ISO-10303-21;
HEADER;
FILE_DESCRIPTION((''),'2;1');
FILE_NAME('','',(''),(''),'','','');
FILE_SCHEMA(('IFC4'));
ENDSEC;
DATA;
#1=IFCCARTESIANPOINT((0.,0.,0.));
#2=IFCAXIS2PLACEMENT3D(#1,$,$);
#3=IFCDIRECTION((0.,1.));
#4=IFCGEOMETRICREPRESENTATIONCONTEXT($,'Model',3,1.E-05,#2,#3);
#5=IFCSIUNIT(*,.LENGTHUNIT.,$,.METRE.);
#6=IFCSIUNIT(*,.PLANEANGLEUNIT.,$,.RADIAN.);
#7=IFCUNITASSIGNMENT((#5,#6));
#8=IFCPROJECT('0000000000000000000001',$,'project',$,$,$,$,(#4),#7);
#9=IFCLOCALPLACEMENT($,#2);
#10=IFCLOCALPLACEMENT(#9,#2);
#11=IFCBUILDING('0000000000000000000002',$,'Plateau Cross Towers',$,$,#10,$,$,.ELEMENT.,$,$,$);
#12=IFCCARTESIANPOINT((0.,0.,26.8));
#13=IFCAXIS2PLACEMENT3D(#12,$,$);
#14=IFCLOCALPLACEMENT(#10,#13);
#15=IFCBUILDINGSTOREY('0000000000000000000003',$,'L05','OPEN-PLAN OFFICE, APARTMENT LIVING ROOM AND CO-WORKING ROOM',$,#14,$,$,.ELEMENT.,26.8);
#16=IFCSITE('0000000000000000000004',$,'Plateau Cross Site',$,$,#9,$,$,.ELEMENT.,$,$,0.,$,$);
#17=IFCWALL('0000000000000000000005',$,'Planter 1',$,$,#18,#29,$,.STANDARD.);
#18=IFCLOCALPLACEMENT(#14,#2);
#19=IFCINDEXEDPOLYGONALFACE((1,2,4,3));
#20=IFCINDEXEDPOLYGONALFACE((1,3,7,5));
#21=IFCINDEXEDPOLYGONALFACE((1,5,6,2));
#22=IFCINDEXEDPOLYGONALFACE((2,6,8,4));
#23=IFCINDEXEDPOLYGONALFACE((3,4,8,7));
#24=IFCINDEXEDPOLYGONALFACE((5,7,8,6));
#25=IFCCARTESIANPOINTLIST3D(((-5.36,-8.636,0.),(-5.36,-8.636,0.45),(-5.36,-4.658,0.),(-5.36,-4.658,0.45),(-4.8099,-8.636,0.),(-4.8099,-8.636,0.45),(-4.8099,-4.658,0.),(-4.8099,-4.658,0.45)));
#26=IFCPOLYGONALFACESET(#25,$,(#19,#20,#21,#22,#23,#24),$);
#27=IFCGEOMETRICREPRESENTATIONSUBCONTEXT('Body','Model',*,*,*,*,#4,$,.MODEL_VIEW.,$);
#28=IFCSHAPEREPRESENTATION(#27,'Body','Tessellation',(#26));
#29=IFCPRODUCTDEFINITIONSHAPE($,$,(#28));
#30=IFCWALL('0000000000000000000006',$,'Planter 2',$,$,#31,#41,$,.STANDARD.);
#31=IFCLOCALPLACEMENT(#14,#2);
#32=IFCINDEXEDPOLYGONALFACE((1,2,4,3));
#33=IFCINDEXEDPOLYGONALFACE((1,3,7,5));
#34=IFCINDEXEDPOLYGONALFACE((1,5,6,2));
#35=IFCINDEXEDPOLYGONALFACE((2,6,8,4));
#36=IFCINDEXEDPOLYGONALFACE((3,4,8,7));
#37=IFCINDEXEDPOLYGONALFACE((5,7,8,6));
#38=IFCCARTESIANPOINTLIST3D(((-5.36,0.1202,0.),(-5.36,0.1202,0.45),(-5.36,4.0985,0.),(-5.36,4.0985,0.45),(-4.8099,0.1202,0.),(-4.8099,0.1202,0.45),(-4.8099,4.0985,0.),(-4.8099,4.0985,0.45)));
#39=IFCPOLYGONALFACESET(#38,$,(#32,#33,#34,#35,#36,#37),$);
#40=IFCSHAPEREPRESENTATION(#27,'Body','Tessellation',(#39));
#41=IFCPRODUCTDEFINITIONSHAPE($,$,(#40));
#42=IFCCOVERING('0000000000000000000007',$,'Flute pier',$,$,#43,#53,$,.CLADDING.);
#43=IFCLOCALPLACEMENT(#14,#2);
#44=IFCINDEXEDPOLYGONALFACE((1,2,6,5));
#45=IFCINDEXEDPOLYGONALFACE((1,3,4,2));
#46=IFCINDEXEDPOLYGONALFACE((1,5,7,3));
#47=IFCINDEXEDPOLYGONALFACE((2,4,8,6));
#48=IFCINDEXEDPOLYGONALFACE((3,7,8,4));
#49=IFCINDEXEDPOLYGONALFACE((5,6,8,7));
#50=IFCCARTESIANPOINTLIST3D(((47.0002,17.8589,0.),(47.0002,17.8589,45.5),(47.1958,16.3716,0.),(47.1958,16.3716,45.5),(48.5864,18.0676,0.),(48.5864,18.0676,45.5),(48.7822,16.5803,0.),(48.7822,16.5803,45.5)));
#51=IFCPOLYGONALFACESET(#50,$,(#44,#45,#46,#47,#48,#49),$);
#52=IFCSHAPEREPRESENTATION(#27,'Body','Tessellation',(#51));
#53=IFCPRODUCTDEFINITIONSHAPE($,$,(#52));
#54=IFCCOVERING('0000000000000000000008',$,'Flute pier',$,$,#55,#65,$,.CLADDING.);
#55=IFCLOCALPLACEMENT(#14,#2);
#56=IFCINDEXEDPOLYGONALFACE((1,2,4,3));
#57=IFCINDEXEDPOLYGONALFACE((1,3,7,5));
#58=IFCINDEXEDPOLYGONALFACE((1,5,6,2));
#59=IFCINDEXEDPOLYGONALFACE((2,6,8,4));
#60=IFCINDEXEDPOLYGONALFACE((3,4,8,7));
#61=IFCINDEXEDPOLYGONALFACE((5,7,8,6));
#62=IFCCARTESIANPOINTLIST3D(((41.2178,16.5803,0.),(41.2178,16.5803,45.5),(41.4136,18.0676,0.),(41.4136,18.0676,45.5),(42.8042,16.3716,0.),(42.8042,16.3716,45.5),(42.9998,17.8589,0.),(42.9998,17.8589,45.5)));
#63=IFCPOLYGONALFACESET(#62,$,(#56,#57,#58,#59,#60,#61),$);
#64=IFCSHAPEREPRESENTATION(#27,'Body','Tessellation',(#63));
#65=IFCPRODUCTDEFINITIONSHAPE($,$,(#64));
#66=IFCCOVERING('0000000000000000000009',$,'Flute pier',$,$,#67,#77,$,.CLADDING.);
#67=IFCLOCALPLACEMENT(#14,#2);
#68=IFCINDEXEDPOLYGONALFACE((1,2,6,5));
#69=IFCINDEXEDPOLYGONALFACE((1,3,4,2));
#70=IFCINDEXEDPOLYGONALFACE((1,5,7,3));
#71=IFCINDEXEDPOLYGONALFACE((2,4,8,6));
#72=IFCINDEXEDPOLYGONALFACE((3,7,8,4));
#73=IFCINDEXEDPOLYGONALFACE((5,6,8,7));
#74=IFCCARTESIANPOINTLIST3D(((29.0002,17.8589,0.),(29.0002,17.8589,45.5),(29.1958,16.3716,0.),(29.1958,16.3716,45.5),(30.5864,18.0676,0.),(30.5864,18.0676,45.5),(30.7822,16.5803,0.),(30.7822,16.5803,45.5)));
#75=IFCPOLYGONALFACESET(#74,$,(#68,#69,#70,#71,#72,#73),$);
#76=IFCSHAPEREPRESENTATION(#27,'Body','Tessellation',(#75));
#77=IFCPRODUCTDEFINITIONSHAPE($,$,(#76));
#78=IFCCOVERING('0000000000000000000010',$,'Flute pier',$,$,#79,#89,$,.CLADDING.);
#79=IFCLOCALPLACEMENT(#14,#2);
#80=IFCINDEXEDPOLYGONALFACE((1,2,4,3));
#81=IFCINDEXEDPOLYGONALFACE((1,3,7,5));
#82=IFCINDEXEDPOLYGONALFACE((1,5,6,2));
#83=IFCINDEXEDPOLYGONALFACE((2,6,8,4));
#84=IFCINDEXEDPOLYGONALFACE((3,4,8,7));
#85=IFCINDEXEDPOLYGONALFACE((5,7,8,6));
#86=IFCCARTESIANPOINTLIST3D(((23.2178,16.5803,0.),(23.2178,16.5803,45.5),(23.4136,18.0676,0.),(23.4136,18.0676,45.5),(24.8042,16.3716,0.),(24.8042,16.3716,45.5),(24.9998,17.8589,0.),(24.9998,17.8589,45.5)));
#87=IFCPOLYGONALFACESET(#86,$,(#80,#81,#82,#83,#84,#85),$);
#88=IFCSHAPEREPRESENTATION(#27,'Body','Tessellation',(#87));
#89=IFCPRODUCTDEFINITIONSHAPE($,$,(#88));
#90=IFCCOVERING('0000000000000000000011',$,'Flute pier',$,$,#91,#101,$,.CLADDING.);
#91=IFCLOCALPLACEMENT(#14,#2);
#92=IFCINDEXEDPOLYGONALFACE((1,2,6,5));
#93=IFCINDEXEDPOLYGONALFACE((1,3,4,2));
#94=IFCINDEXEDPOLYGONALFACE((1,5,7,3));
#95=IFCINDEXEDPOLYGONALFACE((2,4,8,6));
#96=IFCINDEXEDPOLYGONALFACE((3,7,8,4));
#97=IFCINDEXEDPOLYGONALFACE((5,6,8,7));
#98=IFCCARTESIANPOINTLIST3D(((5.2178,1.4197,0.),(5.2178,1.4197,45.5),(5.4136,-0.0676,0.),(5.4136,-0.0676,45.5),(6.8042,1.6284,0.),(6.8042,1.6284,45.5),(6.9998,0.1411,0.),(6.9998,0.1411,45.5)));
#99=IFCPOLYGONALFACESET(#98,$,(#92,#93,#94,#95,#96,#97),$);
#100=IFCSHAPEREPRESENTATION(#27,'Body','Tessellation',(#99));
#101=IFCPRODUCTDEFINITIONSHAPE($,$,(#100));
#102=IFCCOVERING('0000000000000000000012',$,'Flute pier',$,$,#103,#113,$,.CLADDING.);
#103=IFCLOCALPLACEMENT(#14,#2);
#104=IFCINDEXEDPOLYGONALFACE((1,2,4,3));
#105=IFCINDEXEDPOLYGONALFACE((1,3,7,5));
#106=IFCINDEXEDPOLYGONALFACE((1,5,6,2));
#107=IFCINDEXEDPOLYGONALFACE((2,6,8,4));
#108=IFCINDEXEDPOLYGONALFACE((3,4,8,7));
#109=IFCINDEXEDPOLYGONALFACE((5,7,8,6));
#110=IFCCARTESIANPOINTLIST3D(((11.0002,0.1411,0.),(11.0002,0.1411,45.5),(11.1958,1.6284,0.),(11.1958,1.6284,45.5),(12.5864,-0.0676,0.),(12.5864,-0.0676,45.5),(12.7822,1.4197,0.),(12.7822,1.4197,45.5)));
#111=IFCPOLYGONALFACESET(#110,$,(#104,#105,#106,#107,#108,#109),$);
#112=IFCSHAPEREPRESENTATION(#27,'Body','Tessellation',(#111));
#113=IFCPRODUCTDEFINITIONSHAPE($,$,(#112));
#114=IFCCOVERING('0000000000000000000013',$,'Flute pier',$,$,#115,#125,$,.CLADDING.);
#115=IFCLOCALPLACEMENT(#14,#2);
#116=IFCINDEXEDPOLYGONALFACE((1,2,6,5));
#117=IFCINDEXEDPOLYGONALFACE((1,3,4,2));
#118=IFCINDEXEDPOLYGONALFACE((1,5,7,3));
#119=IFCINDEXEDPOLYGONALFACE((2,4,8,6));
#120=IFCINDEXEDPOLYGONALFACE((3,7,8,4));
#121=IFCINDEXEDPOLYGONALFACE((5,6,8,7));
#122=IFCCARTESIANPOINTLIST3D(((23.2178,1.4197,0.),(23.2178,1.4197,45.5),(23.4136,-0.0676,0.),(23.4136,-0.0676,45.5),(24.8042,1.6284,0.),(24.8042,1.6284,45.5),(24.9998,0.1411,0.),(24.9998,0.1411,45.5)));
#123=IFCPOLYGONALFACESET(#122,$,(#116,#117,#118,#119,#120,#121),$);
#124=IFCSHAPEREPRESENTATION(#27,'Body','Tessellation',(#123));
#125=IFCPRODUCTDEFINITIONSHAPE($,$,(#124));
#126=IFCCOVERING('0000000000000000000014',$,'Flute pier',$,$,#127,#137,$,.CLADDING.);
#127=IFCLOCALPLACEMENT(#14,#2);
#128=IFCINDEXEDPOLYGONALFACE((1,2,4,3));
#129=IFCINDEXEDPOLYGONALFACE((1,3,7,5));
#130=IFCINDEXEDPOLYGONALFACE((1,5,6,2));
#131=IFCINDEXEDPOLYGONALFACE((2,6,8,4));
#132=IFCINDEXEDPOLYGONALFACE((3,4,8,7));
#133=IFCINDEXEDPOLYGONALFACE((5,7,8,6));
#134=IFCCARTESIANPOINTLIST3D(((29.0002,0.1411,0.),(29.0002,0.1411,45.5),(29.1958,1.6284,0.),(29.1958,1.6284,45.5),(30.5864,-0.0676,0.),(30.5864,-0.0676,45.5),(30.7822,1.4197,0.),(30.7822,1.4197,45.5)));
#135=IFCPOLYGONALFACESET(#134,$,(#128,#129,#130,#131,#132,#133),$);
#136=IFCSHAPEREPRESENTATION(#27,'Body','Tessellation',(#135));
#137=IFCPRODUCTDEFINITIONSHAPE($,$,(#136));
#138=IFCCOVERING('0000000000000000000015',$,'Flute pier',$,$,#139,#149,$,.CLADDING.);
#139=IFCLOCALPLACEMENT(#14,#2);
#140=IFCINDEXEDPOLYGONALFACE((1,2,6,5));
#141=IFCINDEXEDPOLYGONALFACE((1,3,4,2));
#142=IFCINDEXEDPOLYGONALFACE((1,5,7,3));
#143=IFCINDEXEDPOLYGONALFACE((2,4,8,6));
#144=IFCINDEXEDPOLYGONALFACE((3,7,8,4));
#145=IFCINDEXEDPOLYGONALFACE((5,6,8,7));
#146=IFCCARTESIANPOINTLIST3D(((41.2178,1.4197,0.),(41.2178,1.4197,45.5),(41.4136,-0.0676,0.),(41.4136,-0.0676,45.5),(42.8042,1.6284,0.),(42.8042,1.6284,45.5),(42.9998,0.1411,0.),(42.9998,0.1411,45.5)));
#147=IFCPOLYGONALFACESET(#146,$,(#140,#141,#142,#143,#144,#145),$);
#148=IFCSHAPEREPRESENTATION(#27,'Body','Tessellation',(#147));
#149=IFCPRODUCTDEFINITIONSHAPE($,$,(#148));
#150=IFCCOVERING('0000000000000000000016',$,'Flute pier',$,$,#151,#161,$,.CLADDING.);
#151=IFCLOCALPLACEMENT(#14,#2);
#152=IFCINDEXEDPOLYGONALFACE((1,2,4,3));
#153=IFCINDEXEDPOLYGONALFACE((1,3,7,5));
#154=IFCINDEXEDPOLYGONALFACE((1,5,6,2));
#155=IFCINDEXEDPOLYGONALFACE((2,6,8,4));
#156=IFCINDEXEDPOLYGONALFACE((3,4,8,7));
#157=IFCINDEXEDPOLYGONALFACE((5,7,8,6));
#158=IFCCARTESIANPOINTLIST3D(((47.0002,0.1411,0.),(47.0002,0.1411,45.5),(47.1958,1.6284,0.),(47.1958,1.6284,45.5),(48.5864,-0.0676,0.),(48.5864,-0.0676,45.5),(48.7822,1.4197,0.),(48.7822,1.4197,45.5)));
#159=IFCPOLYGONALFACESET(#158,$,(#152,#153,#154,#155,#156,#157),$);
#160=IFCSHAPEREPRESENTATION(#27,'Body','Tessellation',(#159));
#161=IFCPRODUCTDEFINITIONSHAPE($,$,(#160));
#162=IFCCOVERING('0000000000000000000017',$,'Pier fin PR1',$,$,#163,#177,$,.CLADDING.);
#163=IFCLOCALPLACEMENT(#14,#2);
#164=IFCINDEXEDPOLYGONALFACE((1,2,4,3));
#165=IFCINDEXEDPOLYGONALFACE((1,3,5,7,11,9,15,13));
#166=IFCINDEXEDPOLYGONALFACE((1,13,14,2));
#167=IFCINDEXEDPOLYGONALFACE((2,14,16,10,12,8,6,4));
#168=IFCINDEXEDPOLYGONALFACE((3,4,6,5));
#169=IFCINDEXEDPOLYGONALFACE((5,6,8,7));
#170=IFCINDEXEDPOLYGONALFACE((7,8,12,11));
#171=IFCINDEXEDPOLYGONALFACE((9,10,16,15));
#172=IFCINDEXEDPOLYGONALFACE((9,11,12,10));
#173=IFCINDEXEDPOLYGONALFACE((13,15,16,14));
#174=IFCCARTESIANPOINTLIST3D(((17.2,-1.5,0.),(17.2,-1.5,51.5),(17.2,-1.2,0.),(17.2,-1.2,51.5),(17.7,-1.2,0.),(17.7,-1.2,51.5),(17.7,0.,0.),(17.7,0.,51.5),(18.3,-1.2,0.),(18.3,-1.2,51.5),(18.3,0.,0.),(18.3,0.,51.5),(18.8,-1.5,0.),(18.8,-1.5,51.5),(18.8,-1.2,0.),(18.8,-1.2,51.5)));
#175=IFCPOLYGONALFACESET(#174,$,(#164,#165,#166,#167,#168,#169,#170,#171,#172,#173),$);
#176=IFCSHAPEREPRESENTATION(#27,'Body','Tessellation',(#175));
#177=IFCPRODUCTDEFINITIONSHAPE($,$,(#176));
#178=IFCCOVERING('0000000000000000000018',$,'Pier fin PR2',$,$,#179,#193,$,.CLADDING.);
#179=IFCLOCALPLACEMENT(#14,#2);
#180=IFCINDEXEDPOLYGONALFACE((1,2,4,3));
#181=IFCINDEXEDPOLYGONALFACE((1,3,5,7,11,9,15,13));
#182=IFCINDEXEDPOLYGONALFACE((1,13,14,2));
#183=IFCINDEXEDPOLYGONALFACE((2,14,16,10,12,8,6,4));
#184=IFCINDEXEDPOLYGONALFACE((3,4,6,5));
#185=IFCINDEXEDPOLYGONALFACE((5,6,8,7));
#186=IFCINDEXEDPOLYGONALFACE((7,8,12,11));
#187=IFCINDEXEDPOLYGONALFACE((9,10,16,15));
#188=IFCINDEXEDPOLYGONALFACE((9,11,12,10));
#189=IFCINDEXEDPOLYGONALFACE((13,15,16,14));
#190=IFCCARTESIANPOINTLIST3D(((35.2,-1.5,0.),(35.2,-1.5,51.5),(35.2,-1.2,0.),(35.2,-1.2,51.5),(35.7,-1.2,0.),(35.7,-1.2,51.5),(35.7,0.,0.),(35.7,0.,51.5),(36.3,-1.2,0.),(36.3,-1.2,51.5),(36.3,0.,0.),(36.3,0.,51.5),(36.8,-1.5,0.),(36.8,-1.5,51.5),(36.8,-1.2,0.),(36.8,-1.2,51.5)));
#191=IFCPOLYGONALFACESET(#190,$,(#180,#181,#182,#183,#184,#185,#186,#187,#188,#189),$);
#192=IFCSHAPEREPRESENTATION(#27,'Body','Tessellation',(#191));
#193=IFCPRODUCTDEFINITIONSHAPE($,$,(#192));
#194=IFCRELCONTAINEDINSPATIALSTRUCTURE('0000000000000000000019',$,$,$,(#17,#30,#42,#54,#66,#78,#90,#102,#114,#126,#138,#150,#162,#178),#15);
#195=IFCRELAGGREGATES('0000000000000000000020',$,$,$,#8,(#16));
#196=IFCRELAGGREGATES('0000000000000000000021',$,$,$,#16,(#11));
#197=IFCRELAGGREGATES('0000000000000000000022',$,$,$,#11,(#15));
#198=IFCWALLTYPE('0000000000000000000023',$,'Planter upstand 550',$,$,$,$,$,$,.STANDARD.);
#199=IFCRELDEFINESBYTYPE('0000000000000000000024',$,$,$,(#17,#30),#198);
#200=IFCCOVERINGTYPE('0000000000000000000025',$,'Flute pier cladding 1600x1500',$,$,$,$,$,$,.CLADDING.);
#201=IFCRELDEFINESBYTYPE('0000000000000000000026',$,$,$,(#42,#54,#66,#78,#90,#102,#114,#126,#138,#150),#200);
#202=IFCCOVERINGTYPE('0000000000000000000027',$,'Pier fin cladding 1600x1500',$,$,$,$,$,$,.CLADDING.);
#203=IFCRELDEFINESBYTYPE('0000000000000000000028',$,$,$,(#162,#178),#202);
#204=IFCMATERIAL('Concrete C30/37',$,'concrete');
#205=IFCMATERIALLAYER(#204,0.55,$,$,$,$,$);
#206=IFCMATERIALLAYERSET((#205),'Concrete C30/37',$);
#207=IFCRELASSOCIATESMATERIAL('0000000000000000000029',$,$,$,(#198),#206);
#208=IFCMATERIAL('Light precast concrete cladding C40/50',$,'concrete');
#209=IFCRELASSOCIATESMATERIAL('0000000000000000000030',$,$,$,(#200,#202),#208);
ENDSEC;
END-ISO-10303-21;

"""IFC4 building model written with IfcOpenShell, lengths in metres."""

from ifc_helpers import new_model, si_unit, direction, frame, frame_2d, origin, place, context, subcontext, project, spatial, polyline, rectangle, outline, extrude, material, layer, layer_set, type_object, element, save


model = new_model("IFC4")

# Units and contexts
model_context = context("Model", 3, precision=1e-05, world=origin(), true_north=direction((0.0, 1.0)))
body_context = subcontext(model_context, "Body", "Model", "MODEL_VIEW")
ifc_project = project(units=[si_unit("LENGTHUNIT", "METRE"), si_unit("PLANEANGLEUNIT", "RADIAN")], contexts=[model_context])

# Site, building, storey
site_placement = place(None, origin())
site = spatial("IfcSite", under=ifc_project, at=site_placement, Name="Plateau Cross Site", CompositionType="ELEMENT", RefElevation=0.0)
building_placement = place(site_placement, origin())
building = spatial("IfcBuilding", under=site, at=building_placement, Name="Plateau Cross Towers", CompositionType="ELEMENT")
storey_placement = place(building_placement, frame((0.0, 0.0, 26.8)))
storey = spatial("IfcBuildingStorey", under=building, at=storey_placement, Name="L05", Description="OPEN-PLAN OFFICE, APARTMENT LIVING ROOM AND CO-WORKING ROOM", CompositionType="ELEMENT", Elevation=26.8)

# Walls
ifc_material_1 = material(Name="Concrete C30/37", Category="concrete")
ifc_layer_1 = layer(ifc_material_1, 0.55)
ifc_layer_set_1 = layer_set([ifc_layer_1], Name="Concrete C30/37")
wall_type = type_object("IfcWallType", Name="Planter upstand 550", PredefinedType="STANDARD", material=ifc_layer_set_1)
wall_1_placement = place(storey_placement, frame((-5.085, -8.636, 0.0), z_axis=(0.0, 0.0, 1.0), x_axis=(0.0, 1.0, 0.0)))
element("IfcWall", 1, at=wall_1_placement, inside=storey, type_object=wall_type, Name="Planter 1", PredefinedType="STANDARD", context=body_context, shape_type="SweptSolid", body=[
    extrude(rectangle(XDim=3.978, YDim=0.55, at=frame_2d((1.989, 0.0))), origin(), (0.0, 0.0, 1.0), 0.45),
])
wall_2_placement = place(storey_placement, frame((-5.085, 0.1201, 0.0), z_axis=(0.0, 0.0, 1.0), x_axis=(0.0, 1.0, 0.0)))
element("IfcWall", 2, at=wall_2_placement, inside=storey, type_object=wall_type, Name="Planter 2", PredefinedType="STANDARD", context=body_context, shape_type="SweptSolid", body=[
    extrude(rectangle(XDim=3.9783, YDim=0.55, at=frame_2d((1.9893, 0.0))), origin(), (0.0, 0.0, 1.0), 0.45),
])

# Coverings
ifc_material_2 = material(Name="Light precast concrete cladding C40/50", Category="concrete")
covering_type_1 = type_object("IfcCoveringType", Name="Flute pier cladding 1600x1500", PredefinedType="CLADDING", material=ifc_material_2)
covering_1_placement = place(storey_placement, origin())
element("IfcCovering", 3, at=covering_1_placement, inside=storey, type_object=covering_type_1, Name="Flute pier", PredefinedType="CLADDING", context=body_context, shape_type="SweptSolid", body=[
    extrude(outline(polyline([(48.7822, 16.5803), (47.1958, 16.3716), (47.0002, 17.8589), (48.5864, 18.0676), (48.7822, 16.5803)])), origin(), (0.0, 0.0, 1.0), 45.5),
])
covering_2_placement = place(storey_placement, origin())
element("IfcCovering", 4, at=covering_2_placement, inside=storey, type_object=covering_type_1, Name="Flute pier", PredefinedType="CLADDING", context=body_context, shape_type="SweptSolid", body=[
    extrude(outline(polyline([(42.8042, 16.3716), (41.2178, 16.5803), (41.4136, 18.0676), (42.9998, 17.8589), (42.8042, 16.3716)])), origin(), (0.0, 0.0, 1.0), 45.5),
])
covering_3_placement = place(storey_placement, origin())
element("IfcCovering", 5, at=covering_3_placement, inside=storey, type_object=covering_type_1, Name="Flute pier", PredefinedType="CLADDING", context=body_context, shape_type="SweptSolid", body=[
    extrude(outline(polyline([(30.7822, 16.5803), (29.1958, 16.3716), (29.0002, 17.8589), (30.5864, 18.0676), (30.7822, 16.5803)])), origin(), (0.0, 0.0, 1.0), 45.5),
])
covering_4_placement = place(storey_placement, origin())
element("IfcCovering", 6, at=covering_4_placement, inside=storey, type_object=covering_type_1, Name="Flute pier", PredefinedType="CLADDING", context=body_context, shape_type="SweptSolid", body=[
    extrude(outline(polyline([(24.8042, 16.3716), (23.2178, 16.5803), (23.4136, 18.0676), (24.9998, 17.8589), (24.8042, 16.3716)])), origin(), (0.0, 0.0, 1.0), 45.5),
])
covering_5_placement = place(storey_placement, origin())
element("IfcCovering", 7, at=covering_5_placement, inside=storey, type_object=covering_type_1, Name="Flute pier", PredefinedType="CLADDING", context=body_context, shape_type="SweptSolid", body=[
    extrude(outline(polyline([(5.2178, 1.4197), (6.8042, 1.6284), (6.9998, 0.1411), (5.4136, -0.0676), (5.2178, 1.4197)])), origin(), (0.0, 0.0, 1.0), 45.5),
])
covering_6_placement = place(storey_placement, origin())
element("IfcCovering", 8, at=covering_6_placement, inside=storey, type_object=covering_type_1, Name="Flute pier", PredefinedType="CLADDING", context=body_context, shape_type="SweptSolid", body=[
    extrude(outline(polyline([(11.1958, 1.6284), (12.7822, 1.4197), (12.5864, -0.0676), (11.0002, 0.1411), (11.1958, 1.6284)])), origin(), (0.0, 0.0, 1.0), 45.5),
])
covering_7_placement = place(storey_placement, origin())
element("IfcCovering", 9, at=covering_7_placement, inside=storey, type_object=covering_type_1, Name="Flute pier", PredefinedType="CLADDING", context=body_context, shape_type="SweptSolid", body=[
    extrude(outline(polyline([(23.2178, 1.4197), (24.8042, 1.6284), (24.9998, 0.1411), (23.4136, -0.0676), (23.2178, 1.4197)])), origin(), (0.0, 0.0, 1.0), 45.5),
])
covering_8_placement = place(storey_placement, origin())
element("IfcCovering", 10, at=covering_8_placement, inside=storey, type_object=covering_type_1, Name="Flute pier", PredefinedType="CLADDING", context=body_context, shape_type="SweptSolid", body=[
    extrude(outline(polyline([(29.1958, 1.6284), (30.7822, 1.4197), (30.5864, -0.0676), (29.0002, 0.1411), (29.1958, 1.6284)])), origin(), (0.0, 0.0, 1.0), 45.5),
])
covering_9_placement = place(storey_placement, origin())
element("IfcCovering", 11, at=covering_9_placement, inside=storey, type_object=covering_type_1, Name="Flute pier", PredefinedType="CLADDING", context=body_context, shape_type="SweptSolid", body=[
    extrude(outline(polyline([(41.2178, 1.4197), (42.8042, 1.6284), (42.9998, 0.1411), (41.4136, -0.0676), (41.2178, 1.4197)])), origin(), (0.0, 0.0, 1.0), 45.5),
])
covering_10_placement = place(storey_placement, origin())
element("IfcCovering", 12, at=covering_10_placement, inside=storey, type_object=covering_type_1, Name="Flute pier", PredefinedType="CLADDING", context=body_context, shape_type="SweptSolid", body=[
    extrude(outline(polyline([(47.1958, 1.6284), (48.7822, 1.4197), (48.5864, -0.0676), (47.0002, 0.1411), (47.1958, 1.6284)])), origin(), (0.0, 0.0, 1.0), 45.5),
])

# Coverings
covering_type_2 = type_object("IfcCoveringType", Name="Pier fin cladding 1600x1500", PredefinedType="CLADDING", material=ifc_material_2)
covering_11_placement = place(storey_placement, origin())
element("IfcCovering", 13, at=covering_11_placement, inside=storey, type_object=covering_type_2, Name="Pier fin PR1", PredefinedType="CLADDING", context=body_context, shape_type="SweptSolid", body=[
    extrude(outline(polyline([(17.7, 0.0), (18.3, 0.0), (18.3, -1.2), (18.8, -1.2), (18.8, -1.5), (17.2, -1.5), (17.2, -1.2), (17.7, -1.2), (17.7, 0.0)])), origin(), (0.0, 0.0, 1.0), 51.5),
])
covering_12_placement = place(storey_placement, origin())
element("IfcCovering", 14, at=covering_12_placement, inside=storey, type_object=covering_type_2, Name="Pier fin PR2", PredefinedType="CLADDING", context=body_context, shape_type="SweptSolid", body=[
    extrude(outline(polyline([(35.7, 0.0), (36.3, 0.0), (36.3, -1.2), (36.8, -1.2), (36.8, -1.5), (35.2, -1.5), (35.2, -1.2), (35.7, -1.2), (35.7, 0.0)])), origin(), (0.0, 0.0, 1.0), 51.5),
])

save(model, "model.ifc")
